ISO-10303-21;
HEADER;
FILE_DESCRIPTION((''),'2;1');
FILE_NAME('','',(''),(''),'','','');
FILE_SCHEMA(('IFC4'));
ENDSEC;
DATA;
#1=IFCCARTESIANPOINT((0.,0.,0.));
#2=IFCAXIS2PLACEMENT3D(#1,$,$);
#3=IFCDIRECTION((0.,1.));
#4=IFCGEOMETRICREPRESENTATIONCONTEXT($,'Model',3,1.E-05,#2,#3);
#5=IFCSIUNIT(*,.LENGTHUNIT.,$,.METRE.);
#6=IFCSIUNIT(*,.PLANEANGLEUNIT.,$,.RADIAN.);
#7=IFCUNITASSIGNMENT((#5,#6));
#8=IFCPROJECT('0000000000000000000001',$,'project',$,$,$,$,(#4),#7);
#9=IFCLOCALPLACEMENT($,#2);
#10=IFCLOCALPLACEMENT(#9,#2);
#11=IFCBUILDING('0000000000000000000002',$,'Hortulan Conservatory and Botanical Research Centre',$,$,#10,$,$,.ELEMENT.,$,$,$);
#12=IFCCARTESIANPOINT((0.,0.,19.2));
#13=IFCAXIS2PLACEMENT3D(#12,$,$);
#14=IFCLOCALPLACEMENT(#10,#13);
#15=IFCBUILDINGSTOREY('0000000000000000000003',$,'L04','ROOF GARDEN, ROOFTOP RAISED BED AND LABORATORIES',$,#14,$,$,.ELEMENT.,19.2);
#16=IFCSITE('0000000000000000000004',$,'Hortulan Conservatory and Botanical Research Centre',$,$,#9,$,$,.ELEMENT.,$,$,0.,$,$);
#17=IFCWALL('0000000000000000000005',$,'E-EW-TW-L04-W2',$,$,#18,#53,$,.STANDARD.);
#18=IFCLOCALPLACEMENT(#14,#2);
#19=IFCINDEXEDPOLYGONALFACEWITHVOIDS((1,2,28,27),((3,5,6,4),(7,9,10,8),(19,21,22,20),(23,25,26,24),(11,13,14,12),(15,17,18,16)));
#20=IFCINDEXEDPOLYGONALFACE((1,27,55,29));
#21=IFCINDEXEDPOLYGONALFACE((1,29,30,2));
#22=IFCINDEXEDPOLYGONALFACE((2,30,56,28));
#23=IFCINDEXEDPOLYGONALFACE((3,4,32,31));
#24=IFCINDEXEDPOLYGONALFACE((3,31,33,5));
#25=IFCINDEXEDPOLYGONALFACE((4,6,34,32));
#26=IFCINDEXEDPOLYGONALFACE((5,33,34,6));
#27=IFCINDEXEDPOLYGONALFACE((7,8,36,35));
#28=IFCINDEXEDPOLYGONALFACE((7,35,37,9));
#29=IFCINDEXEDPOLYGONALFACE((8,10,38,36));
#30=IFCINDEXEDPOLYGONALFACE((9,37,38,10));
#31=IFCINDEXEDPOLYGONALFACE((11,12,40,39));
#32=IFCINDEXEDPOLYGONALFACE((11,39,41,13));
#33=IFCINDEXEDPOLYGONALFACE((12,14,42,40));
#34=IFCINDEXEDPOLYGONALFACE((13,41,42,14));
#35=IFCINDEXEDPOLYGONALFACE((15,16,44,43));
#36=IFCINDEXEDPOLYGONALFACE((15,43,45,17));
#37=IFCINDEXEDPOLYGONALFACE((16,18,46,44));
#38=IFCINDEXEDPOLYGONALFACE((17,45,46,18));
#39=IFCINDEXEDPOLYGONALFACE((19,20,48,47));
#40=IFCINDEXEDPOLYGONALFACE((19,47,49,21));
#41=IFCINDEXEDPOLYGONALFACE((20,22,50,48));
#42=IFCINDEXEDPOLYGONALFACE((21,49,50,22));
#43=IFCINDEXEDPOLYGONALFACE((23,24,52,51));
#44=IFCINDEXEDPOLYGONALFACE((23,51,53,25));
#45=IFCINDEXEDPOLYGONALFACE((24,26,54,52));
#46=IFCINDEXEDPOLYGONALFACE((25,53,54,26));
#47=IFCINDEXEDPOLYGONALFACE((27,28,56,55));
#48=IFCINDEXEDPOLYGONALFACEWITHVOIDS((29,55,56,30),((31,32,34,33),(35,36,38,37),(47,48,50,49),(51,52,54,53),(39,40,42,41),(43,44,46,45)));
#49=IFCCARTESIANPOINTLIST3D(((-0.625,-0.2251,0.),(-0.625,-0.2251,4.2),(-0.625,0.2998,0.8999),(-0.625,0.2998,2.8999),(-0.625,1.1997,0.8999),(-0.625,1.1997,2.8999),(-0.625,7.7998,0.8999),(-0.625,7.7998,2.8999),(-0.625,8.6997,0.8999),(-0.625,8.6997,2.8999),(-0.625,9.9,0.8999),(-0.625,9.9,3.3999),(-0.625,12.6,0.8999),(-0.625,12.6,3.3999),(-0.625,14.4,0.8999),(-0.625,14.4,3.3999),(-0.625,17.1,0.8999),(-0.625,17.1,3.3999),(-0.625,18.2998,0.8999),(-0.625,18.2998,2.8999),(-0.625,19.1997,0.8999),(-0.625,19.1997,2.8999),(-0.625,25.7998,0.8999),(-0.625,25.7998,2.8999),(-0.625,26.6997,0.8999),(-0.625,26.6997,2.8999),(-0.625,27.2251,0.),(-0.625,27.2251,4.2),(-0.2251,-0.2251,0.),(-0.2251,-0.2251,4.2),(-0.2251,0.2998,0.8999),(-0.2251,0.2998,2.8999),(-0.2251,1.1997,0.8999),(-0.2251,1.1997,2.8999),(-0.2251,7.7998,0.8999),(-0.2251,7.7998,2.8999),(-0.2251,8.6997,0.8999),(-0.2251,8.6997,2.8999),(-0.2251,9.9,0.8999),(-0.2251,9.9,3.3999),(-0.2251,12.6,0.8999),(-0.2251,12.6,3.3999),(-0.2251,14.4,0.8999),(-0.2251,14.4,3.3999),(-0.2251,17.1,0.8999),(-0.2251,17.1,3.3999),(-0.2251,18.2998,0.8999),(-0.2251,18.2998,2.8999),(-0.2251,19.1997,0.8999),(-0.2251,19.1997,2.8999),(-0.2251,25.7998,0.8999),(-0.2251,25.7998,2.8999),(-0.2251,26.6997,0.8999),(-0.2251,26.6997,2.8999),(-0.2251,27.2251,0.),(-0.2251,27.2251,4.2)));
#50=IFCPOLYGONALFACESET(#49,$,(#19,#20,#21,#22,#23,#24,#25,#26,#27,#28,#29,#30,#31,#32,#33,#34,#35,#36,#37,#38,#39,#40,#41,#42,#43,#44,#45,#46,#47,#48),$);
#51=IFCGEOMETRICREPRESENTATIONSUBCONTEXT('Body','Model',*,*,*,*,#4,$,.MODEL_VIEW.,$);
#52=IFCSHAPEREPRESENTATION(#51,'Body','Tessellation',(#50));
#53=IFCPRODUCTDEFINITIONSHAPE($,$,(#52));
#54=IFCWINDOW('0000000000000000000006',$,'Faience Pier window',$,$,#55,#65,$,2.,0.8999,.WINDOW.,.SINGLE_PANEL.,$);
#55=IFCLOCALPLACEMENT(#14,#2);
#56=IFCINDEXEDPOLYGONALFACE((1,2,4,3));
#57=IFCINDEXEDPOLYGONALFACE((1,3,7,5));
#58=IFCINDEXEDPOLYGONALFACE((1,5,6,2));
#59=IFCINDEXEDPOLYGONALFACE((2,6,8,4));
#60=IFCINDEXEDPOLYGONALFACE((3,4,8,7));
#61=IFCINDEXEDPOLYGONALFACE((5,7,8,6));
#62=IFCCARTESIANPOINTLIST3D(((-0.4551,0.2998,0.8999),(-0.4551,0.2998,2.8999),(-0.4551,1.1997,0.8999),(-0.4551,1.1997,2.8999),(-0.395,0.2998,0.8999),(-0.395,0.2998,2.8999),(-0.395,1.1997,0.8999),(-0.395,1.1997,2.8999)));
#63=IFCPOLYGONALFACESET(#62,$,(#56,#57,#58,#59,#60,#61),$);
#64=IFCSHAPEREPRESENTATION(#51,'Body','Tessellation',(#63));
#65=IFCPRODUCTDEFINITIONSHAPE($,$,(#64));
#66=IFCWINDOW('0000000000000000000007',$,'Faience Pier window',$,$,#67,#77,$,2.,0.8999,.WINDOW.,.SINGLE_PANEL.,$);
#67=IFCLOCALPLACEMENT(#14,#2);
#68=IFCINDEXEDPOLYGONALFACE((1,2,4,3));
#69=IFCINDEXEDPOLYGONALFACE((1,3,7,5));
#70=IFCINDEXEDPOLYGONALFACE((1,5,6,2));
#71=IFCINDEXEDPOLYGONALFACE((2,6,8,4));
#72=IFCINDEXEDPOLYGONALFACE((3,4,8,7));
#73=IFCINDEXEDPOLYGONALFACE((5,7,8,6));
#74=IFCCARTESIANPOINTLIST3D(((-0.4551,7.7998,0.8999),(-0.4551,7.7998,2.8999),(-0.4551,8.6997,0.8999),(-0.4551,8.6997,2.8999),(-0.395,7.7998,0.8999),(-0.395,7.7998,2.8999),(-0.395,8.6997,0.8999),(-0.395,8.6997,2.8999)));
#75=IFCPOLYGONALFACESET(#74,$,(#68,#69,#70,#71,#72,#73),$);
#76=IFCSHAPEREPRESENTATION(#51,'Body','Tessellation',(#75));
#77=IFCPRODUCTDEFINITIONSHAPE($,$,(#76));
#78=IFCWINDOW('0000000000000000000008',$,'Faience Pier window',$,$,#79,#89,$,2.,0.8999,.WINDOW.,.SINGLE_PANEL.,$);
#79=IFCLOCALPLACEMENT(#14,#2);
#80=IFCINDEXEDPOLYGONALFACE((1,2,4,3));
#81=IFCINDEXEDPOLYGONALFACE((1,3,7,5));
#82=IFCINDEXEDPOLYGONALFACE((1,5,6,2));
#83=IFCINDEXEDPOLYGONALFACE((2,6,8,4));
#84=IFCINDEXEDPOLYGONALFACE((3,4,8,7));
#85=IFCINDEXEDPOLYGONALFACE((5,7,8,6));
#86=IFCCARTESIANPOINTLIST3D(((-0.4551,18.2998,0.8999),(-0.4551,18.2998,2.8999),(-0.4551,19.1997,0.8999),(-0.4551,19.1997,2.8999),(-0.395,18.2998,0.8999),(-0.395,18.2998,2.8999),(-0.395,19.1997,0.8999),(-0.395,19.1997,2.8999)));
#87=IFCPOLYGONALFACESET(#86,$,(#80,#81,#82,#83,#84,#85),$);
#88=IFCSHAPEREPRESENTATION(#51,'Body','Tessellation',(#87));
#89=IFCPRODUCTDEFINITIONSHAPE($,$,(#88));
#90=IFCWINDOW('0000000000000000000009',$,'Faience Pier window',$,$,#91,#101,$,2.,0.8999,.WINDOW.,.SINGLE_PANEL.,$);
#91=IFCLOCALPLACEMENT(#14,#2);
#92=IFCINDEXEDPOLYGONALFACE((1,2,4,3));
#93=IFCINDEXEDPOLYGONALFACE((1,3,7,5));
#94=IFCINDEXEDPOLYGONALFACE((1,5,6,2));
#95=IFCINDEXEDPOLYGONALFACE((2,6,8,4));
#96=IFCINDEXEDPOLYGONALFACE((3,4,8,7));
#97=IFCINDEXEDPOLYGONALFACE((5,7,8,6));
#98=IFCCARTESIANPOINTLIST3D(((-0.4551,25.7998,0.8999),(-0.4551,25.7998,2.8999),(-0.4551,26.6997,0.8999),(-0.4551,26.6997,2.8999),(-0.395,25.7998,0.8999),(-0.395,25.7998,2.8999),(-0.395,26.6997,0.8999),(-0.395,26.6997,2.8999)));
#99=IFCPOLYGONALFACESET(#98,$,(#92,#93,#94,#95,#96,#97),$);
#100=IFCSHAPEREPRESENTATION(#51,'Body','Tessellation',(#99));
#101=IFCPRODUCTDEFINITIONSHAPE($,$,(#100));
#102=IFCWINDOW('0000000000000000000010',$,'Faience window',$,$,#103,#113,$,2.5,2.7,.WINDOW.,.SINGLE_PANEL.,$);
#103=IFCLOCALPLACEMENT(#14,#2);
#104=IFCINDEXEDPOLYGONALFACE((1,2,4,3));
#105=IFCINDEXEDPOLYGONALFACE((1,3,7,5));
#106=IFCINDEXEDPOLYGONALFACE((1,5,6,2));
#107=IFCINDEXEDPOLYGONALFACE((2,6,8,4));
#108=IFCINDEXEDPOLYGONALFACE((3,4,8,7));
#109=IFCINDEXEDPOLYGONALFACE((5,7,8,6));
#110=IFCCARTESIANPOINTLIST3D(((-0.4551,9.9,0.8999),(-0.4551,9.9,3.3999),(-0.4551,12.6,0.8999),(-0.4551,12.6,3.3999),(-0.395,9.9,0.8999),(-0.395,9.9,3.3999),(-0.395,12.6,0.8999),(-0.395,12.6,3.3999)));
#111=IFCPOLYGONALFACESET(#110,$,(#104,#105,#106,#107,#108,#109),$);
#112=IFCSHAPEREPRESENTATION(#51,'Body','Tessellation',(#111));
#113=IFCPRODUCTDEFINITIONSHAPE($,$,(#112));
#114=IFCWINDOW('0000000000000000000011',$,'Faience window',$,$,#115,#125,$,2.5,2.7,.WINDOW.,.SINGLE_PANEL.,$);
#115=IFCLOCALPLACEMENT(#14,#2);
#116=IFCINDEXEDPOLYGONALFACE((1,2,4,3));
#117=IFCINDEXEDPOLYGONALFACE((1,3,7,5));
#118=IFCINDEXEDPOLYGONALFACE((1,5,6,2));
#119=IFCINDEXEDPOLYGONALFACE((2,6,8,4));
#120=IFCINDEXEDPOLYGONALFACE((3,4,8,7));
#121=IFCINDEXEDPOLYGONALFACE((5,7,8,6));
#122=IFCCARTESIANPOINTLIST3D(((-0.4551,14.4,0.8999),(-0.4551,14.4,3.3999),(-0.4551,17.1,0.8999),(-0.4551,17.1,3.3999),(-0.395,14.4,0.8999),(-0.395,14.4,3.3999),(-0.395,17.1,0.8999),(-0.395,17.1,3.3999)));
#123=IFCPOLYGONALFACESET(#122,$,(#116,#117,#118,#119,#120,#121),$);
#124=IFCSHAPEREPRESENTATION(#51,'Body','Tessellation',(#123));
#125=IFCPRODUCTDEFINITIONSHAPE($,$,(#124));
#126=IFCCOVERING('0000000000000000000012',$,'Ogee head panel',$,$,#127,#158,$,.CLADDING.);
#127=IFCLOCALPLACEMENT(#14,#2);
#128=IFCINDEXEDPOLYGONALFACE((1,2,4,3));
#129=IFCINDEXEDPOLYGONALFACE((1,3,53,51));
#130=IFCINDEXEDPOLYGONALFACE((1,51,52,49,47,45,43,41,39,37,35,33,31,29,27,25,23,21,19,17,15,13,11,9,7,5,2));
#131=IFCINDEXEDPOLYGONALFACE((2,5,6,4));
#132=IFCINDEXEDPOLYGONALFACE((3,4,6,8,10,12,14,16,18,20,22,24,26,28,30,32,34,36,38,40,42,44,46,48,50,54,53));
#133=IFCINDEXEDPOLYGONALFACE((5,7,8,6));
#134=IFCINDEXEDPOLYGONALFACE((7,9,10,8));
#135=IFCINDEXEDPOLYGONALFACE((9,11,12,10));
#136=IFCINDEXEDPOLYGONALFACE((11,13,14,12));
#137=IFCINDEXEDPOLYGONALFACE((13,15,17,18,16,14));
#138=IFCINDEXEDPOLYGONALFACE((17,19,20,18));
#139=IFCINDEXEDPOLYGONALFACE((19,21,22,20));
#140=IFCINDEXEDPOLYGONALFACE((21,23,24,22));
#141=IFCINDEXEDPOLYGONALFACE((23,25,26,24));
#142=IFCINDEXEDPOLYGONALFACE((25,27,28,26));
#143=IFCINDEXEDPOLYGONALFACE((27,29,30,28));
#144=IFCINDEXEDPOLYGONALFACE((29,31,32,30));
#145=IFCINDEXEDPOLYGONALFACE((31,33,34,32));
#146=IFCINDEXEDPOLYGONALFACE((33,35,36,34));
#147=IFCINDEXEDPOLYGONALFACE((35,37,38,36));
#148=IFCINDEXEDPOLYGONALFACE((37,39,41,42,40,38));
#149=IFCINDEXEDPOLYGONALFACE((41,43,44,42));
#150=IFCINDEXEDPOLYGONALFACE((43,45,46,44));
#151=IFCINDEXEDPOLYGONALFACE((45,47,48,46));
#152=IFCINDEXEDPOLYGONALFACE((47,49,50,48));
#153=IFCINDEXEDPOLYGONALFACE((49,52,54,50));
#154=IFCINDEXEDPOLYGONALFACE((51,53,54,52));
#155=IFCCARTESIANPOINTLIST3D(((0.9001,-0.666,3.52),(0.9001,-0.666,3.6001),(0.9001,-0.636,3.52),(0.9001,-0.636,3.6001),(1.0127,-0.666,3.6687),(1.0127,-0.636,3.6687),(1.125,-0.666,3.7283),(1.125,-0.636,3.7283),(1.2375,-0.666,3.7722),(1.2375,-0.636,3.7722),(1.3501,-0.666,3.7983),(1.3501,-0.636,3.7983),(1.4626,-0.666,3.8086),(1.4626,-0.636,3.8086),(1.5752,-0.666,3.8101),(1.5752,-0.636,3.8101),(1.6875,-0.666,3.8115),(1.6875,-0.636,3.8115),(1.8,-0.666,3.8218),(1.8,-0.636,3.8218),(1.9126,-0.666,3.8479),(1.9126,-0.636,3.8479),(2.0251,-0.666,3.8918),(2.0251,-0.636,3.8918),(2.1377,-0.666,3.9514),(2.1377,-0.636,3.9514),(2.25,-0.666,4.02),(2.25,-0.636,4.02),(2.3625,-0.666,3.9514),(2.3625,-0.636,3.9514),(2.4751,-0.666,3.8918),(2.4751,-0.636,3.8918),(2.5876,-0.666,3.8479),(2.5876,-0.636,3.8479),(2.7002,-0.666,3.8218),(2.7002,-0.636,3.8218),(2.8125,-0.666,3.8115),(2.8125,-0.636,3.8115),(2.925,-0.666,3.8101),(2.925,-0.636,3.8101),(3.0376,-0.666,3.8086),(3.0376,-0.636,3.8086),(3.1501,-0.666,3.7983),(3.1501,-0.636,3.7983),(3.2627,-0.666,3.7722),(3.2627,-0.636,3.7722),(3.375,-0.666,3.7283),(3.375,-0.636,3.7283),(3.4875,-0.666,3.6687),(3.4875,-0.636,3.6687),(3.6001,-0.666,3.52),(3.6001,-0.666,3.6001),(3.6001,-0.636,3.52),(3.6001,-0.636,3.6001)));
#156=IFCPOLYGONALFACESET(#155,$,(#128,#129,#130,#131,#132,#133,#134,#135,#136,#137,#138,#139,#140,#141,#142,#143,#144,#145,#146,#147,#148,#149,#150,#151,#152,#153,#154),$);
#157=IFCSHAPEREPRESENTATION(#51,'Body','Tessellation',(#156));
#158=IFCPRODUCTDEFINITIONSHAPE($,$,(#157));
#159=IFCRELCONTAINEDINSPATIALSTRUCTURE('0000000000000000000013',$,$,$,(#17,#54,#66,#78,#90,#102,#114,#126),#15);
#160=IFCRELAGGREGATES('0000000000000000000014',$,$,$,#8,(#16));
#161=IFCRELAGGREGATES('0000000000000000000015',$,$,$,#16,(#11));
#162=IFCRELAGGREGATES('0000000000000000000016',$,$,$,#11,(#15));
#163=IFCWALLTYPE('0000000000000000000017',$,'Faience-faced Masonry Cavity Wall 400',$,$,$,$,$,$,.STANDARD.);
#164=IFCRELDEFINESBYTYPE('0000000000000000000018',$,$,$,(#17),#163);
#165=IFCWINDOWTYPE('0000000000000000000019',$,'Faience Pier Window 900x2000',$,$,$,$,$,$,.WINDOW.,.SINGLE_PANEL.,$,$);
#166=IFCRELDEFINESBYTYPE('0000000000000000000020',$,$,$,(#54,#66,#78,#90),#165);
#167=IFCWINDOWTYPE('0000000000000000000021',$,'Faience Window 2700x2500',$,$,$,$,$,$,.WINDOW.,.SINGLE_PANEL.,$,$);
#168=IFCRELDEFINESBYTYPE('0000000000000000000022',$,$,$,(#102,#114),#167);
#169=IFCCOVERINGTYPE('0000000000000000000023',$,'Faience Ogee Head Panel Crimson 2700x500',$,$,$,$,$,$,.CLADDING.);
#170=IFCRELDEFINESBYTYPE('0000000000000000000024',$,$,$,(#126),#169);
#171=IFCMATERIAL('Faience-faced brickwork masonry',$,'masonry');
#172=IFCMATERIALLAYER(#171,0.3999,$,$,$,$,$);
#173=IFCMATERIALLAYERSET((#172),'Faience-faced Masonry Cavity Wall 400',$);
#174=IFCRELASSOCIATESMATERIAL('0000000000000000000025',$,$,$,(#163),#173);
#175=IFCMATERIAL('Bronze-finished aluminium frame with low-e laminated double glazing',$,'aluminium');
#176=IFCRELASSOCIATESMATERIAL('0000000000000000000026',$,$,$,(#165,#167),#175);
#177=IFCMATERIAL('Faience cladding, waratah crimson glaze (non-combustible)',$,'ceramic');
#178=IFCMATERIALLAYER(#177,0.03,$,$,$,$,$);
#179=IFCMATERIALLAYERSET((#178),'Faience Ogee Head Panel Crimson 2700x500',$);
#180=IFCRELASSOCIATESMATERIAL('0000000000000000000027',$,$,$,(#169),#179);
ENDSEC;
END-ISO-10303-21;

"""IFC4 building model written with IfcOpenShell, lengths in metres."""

from ifc_helpers import new_model, si_unit, direction, frame, frame_2d, origin, place, context, subcontext, project, spatial, polyline, rectangle, outline, extrude, material, layer, layer_set, type_object, element, fill, save


model = new_model("IFC4")

# Units and contexts
model_context = context("Model", 3, precision=1e-05, world=origin(), true_north=direction((0.0, 1.0)))
body_context = subcontext(model_context, "Body", "Model", "MODEL_VIEW")
ifc_project = project(units=[si_unit("LENGTHUNIT", "METRE"), si_unit("PLANEANGLEUNIT", "RADIAN")], contexts=[model_context])

# Site, building, storey
site_placement = place(None, origin())
site = spatial("IfcSite", under=ifc_project, at=site_placement, Name="Hortulan Conservatory and Botanical Research Centre", CompositionType="ELEMENT", RefElevation=0.0)
building_placement = place(site_placement, origin())
building = spatial("IfcBuilding", under=site, at=building_placement, Name="Hortulan Conservatory and Botanical Research Centre", CompositionType="ELEMENT")
storey_placement = place(building_placement, frame((0.0, 0.0, 19.2)))
storey = spatial("IfcBuildingStorey", under=building, at=storey_placement, Name="L04", Description="ROOF GARDEN, ROOFTOP RAISED BED AND LABORATORIES", CompositionType="ELEMENT", Elevation=19.2)

# Wall, openings, windows
ifc_material_1 = material(Name="Faience-faced brickwork masonry", Category="masonry")
ifc_layer_1 = layer(ifc_material_1, 0.3999)
ifc_layer_set_1 = layer_set([ifc_layer_1], Name="Faience-faced Masonry Cavity Wall 400")
wall_type = type_object("IfcWallType", Name="Faience-faced Masonry Cavity Wall 400", PredefinedType="STANDARD", material=ifc_layer_set_1)
wall_placement = place(storey_placement, frame((-0.425, -0.2251, 0.0), z_axis=(0.0, 0.0, 1.0), x_axis=(0.0, 1.0, 0.0)))
wall = element("IfcWall", 1, at=wall_placement, inside=storey, type_object=wall_type, Name="E-EW-TW-L04-W2", PredefinedType="STANDARD", context=body_context, shape_type="SweptSolid", body=[
    extrude(rectangle(XDim=27.4502, YDim=0.3999, at=frame_2d((13.7251, 0.0))), origin(), (0.0, 0.0, 1.0), 4.2),
])
opening_1_placement = place(wall_placement, frame((0.5249, 0.0, 0.8999)))
opening_1 = element("IfcOpeningElement", 2, at=opening_1_placement, cuts=wall, PredefinedType="OPENING", context=body_context, shape_type="SweptSolid", body=[
    extrude(rectangle(XDim=0.8999, YDim=2.0, at=frame_2d((0.45, 1.0))), frame((0.0, 0.21, 0.0), z_axis=(0.0, -1.0, 0.0), x_axis=(1.0, 0.0, 0.0)), (0.0, 0.0, 1.0), 0.4199),
])
opening_2_placement = place(wall_placement, frame((8.0249, 0.0, 0.8999)))
opening_2 = element("IfcOpeningElement", 3, at=opening_2_placement, cuts=wall, PredefinedType="OPENING", context=body_context, shape_type="SweptSolid", body=[
    extrude(rectangle(XDim=0.8999, YDim=2.0, at=frame_2d((0.45, 1.0))), frame((0.0, 0.21, 0.0), z_axis=(0.0, -1.0, 0.0), x_axis=(1.0, 0.0, 0.0)), (0.0, 0.0, 1.0), 0.4199),
])
opening_3_placement = place(wall_placement, frame((10.125, 0.0, 0.8999)))
opening_3 = element("IfcOpeningElement", 4, at=opening_3_placement, cuts=wall, PredefinedType="OPENING", context=body_context, shape_type="SweptSolid", body=[
    extrude(rectangle(XDim=2.7, YDim=2.5, at=frame_2d((1.3501, 1.25))), frame((0.0, 0.21, 0.0), z_axis=(0.0, -1.0, 0.0), x_axis=(1.0, 0.0, 0.0)), (0.0, 0.0, 1.0), 0.4199),
])
opening_4_placement = place(wall_placement, frame((14.625, 0.0, 0.8999)))
opening_4 = element("IfcOpeningElement", 5, at=opening_4_placement, cuts=wall, PredefinedType="OPENING", context=body_context, shape_type="SweptSolid", body=[
    extrude(rectangle(XDim=2.7, YDim=2.5, at=frame_2d((1.3501, 1.25))), frame((0.0, 0.21, 0.0), z_axis=(0.0, -1.0, 0.0), x_axis=(1.0, 0.0, 0.0)), (0.0, 0.0, 1.0), 0.4199),
])
opening_5_placement = place(wall_placement, frame((18.5249, 0.0, 0.8999)))
opening_5 = element("IfcOpeningElement", 6, at=opening_5_placement, cuts=wall, PredefinedType="OPENING", context=body_context, shape_type="SweptSolid", body=[
    extrude(rectangle(XDim=0.8999, YDim=2.0, at=frame_2d((0.45, 1.0))), frame((0.0, 0.21, 0.0), z_axis=(0.0, -1.0, 0.0), x_axis=(1.0, 0.0, 0.0)), (0.0, 0.0, 1.0), 0.4199),
])
opening_6_placement = place(wall_placement, frame((26.0249, 0.0, 0.8999)))
opening_6 = element("IfcOpeningElement", 7, at=opening_6_placement, cuts=wall, PredefinedType="OPENING", context=body_context, shape_type="SweptSolid", body=[
    extrude(rectangle(XDim=0.8999, YDim=2.0, at=frame_2d((0.45, 1.0))), frame((0.0, 0.21, 0.0), z_axis=(0.0, -1.0, 0.0), x_axis=(1.0, 0.0, 0.0)), (0.0, 0.0, 1.0), 0.4199),
])
ifc_material_2 = material(Name="Bronze-finished aluminium frame with low-e laminated double glazing", Category="aluminium")
window_type_1 = type_object("IfcWindowType", Name="Faience Pier Window 900x2000", PartitioningType="SINGLE_PANEL", PredefinedType="WINDOW", material=ifc_material_2)
window_1_placement = place(opening_1_placement, origin())
window_1 = element("IfcWindow", 8, at=window_1_placement, inside=storey, type_object=window_type_1, Name="Faience Pier window", OverallHeight=2.0, OverallWidth=0.8999, PartitioningType="SINGLE_PANEL", PredefinedType="WINDOW", context=body_context, shape_type="SweptSolid", body=[
    extrude(rectangle(XDim=0.8999, YDim=2.0, at=frame_2d((0.45, 1.0))), frame((0.0, 0.03, 0.0), z_axis=(0.0, -1.0, 0.0), x_axis=(1.0, 0.0, 0.0)), (0.0, 0.0, 1.0), 0.0601),
])
fill(opening_1, window_1)
window_2_placement = place(opening_2_placement, origin())
window_2 = element("IfcWindow", 9, at=window_2_placement, inside=storey, type_object=window_type_1, Name="Faience Pier window", OverallHeight=2.0, OverallWidth=0.8999, PartitioningType="SINGLE_PANEL", PredefinedType="WINDOW", context=body_context, shape_type="SweptSolid", body=[
    extrude(rectangle(XDim=0.8999, YDim=2.0, at=frame_2d((0.45, 1.0))), frame((0.0, 0.03, 0.0), z_axis=(0.0, -1.0, 0.0), x_axis=(1.0, 0.0, 0.0)), (0.0, 0.0, 1.0), 0.0601),
])
fill(opening_2, window_2)
window_3_placement = place(opening_5_placement, origin())
window_3 = element("IfcWindow", 10, at=window_3_placement, inside=storey, type_object=window_type_1, Name="Faience Pier window", OverallHeight=2.0, OverallWidth=0.8999, PartitioningType="SINGLE_PANEL", PredefinedType="WINDOW", context=body_context, shape_type="SweptSolid", body=[
    extrude(rectangle(XDim=0.8999, YDim=2.0, at=frame_2d((0.45, 1.0))), frame((0.0, 0.03, 0.0), z_axis=(0.0, -1.0, 0.0), x_axis=(1.0, 0.0, 0.0)), (0.0, 0.0, 1.0), 0.0601),
])
fill(opening_5, window_3)
window_4_placement = place(opening_6_placement, origin())
window_4 = element("IfcWindow", 11, at=window_4_placement, inside=storey, type_object=window_type_1, Name="Faience Pier window", OverallHeight=2.0, OverallWidth=0.8999, PartitioningType="SINGLE_PANEL", PredefinedType="WINDOW", context=body_context, shape_type="SweptSolid", body=[
    extrude(rectangle(XDim=0.8999, YDim=2.0, at=frame_2d((0.45, 1.0))), frame((0.0, 0.03, 0.0), z_axis=(0.0, -1.0, 0.0), x_axis=(1.0, 0.0, 0.0)), (0.0, 0.0, 1.0), 0.0601),
])
fill(opening_6, window_4)
window_type_2 = type_object("IfcWindowType", Name="Faience Window 2700x2500", PartitioningType="SINGLE_PANEL", PredefinedType="WINDOW", material=ifc_material_2)
window_5_placement = place(opening_3_placement, origin())
window_5 = element("IfcWindow", 12, at=window_5_placement, inside=storey, type_object=window_type_2, Name="Faience window", OverallHeight=2.5, OverallWidth=2.7, PartitioningType="SINGLE_PANEL", PredefinedType="WINDOW", context=body_context, shape_type="SweptSolid", body=[
    extrude(rectangle(XDim=2.7, YDim=2.5, at=frame_2d((1.3501, 1.25))), frame((0.0, 0.03, 0.0), z_axis=(0.0, -1.0, 0.0), x_axis=(1.0, 0.0, 0.0)), (0.0, 0.0, 1.0), 0.0601),
])
fill(opening_3, window_5)
window_6_placement = place(opening_4_placement, origin())
window_6 = element("IfcWindow", 13, at=window_6_placement, inside=storey, type_object=window_type_2, Name="Faience window", OverallHeight=2.5, OverallWidth=2.7, PartitioningType="SINGLE_PANEL", PredefinedType="WINDOW", context=body_context, shape_type="SweptSolid", body=[
    extrude(rectangle(XDim=2.7, YDim=2.5, at=frame_2d((1.3501, 1.25))), frame((0.0, 0.03, 0.0), z_axis=(0.0, -1.0, 0.0), x_axis=(1.0, 0.0, 0.0)), (0.0, 0.0, 1.0), 0.0601),
])
fill(opening_4, window_6)

# Covering
ifc_material_3 = material(Name="Faience cladding, waratah crimson glaze (non-combustible)", Category="ceramic")
ifc_layer_2 = layer(ifc_material_3, 0.03)
ifc_layer_set_2 = layer_set([ifc_layer_2], Name="Faience Ogee Head Panel Crimson 2700x500")
covering_type_1 = type_object("IfcCoveringType", Name="Faience Ogee Head Panel Crimson 2700x500", PredefinedType="CLADDING", material=ifc_layer_set_2)
covering_1_placement = place(storey_placement, frame((3.6001, -0.6509, 3.52), z_axis=(0.0, 0.0, 1.0), x_axis=(-1.0, 0.0, 0.0)))
element("IfcCovering", 14, at=covering_1_placement, inside=storey, type_object=covering_type_1, Name="Ogee head panel", PredefinedType="CLADDING", context=body_context, shape_type="SweptSolid", body=[
    extrude(outline(polyline([(0.0, 0.0), (2.7, 0.0), (2.7, 0.0801), (2.5874, 0.1487), (2.4751, 0.2083), (2.3625, 0.2522), (2.25, 0.2783), (2.1375, 0.2886), (2.0249, 0.29), (1.9126, 0.2915), (1.8, 0.3018), (1.6875, 0.3279), (1.575, 0.3718), (1.4624, 0.4314), (1.3501, 0.5), (1.2375, 0.4314), (1.125, 0.3718), (1.0125, 0.3279), (0.8999, 0.3018), (0.7876, 0.2915), (0.675, 0.29), (0.5625, 0.2886), (0.45, 0.2783), (0.3374, 0.2522), (0.2251, 0.2083), (0.1125, 0.1487), (0.0, 0.0801), (0.0, 0.0)])), frame((0.0, 0.0151, 0.0), z_axis=(0.0, -1.0, 0.0), x_axis=(1.0, 0.0, 0.0)), (0.0, 0.0, 1.0), 0.03),
])

save(model, "model.ifc")
